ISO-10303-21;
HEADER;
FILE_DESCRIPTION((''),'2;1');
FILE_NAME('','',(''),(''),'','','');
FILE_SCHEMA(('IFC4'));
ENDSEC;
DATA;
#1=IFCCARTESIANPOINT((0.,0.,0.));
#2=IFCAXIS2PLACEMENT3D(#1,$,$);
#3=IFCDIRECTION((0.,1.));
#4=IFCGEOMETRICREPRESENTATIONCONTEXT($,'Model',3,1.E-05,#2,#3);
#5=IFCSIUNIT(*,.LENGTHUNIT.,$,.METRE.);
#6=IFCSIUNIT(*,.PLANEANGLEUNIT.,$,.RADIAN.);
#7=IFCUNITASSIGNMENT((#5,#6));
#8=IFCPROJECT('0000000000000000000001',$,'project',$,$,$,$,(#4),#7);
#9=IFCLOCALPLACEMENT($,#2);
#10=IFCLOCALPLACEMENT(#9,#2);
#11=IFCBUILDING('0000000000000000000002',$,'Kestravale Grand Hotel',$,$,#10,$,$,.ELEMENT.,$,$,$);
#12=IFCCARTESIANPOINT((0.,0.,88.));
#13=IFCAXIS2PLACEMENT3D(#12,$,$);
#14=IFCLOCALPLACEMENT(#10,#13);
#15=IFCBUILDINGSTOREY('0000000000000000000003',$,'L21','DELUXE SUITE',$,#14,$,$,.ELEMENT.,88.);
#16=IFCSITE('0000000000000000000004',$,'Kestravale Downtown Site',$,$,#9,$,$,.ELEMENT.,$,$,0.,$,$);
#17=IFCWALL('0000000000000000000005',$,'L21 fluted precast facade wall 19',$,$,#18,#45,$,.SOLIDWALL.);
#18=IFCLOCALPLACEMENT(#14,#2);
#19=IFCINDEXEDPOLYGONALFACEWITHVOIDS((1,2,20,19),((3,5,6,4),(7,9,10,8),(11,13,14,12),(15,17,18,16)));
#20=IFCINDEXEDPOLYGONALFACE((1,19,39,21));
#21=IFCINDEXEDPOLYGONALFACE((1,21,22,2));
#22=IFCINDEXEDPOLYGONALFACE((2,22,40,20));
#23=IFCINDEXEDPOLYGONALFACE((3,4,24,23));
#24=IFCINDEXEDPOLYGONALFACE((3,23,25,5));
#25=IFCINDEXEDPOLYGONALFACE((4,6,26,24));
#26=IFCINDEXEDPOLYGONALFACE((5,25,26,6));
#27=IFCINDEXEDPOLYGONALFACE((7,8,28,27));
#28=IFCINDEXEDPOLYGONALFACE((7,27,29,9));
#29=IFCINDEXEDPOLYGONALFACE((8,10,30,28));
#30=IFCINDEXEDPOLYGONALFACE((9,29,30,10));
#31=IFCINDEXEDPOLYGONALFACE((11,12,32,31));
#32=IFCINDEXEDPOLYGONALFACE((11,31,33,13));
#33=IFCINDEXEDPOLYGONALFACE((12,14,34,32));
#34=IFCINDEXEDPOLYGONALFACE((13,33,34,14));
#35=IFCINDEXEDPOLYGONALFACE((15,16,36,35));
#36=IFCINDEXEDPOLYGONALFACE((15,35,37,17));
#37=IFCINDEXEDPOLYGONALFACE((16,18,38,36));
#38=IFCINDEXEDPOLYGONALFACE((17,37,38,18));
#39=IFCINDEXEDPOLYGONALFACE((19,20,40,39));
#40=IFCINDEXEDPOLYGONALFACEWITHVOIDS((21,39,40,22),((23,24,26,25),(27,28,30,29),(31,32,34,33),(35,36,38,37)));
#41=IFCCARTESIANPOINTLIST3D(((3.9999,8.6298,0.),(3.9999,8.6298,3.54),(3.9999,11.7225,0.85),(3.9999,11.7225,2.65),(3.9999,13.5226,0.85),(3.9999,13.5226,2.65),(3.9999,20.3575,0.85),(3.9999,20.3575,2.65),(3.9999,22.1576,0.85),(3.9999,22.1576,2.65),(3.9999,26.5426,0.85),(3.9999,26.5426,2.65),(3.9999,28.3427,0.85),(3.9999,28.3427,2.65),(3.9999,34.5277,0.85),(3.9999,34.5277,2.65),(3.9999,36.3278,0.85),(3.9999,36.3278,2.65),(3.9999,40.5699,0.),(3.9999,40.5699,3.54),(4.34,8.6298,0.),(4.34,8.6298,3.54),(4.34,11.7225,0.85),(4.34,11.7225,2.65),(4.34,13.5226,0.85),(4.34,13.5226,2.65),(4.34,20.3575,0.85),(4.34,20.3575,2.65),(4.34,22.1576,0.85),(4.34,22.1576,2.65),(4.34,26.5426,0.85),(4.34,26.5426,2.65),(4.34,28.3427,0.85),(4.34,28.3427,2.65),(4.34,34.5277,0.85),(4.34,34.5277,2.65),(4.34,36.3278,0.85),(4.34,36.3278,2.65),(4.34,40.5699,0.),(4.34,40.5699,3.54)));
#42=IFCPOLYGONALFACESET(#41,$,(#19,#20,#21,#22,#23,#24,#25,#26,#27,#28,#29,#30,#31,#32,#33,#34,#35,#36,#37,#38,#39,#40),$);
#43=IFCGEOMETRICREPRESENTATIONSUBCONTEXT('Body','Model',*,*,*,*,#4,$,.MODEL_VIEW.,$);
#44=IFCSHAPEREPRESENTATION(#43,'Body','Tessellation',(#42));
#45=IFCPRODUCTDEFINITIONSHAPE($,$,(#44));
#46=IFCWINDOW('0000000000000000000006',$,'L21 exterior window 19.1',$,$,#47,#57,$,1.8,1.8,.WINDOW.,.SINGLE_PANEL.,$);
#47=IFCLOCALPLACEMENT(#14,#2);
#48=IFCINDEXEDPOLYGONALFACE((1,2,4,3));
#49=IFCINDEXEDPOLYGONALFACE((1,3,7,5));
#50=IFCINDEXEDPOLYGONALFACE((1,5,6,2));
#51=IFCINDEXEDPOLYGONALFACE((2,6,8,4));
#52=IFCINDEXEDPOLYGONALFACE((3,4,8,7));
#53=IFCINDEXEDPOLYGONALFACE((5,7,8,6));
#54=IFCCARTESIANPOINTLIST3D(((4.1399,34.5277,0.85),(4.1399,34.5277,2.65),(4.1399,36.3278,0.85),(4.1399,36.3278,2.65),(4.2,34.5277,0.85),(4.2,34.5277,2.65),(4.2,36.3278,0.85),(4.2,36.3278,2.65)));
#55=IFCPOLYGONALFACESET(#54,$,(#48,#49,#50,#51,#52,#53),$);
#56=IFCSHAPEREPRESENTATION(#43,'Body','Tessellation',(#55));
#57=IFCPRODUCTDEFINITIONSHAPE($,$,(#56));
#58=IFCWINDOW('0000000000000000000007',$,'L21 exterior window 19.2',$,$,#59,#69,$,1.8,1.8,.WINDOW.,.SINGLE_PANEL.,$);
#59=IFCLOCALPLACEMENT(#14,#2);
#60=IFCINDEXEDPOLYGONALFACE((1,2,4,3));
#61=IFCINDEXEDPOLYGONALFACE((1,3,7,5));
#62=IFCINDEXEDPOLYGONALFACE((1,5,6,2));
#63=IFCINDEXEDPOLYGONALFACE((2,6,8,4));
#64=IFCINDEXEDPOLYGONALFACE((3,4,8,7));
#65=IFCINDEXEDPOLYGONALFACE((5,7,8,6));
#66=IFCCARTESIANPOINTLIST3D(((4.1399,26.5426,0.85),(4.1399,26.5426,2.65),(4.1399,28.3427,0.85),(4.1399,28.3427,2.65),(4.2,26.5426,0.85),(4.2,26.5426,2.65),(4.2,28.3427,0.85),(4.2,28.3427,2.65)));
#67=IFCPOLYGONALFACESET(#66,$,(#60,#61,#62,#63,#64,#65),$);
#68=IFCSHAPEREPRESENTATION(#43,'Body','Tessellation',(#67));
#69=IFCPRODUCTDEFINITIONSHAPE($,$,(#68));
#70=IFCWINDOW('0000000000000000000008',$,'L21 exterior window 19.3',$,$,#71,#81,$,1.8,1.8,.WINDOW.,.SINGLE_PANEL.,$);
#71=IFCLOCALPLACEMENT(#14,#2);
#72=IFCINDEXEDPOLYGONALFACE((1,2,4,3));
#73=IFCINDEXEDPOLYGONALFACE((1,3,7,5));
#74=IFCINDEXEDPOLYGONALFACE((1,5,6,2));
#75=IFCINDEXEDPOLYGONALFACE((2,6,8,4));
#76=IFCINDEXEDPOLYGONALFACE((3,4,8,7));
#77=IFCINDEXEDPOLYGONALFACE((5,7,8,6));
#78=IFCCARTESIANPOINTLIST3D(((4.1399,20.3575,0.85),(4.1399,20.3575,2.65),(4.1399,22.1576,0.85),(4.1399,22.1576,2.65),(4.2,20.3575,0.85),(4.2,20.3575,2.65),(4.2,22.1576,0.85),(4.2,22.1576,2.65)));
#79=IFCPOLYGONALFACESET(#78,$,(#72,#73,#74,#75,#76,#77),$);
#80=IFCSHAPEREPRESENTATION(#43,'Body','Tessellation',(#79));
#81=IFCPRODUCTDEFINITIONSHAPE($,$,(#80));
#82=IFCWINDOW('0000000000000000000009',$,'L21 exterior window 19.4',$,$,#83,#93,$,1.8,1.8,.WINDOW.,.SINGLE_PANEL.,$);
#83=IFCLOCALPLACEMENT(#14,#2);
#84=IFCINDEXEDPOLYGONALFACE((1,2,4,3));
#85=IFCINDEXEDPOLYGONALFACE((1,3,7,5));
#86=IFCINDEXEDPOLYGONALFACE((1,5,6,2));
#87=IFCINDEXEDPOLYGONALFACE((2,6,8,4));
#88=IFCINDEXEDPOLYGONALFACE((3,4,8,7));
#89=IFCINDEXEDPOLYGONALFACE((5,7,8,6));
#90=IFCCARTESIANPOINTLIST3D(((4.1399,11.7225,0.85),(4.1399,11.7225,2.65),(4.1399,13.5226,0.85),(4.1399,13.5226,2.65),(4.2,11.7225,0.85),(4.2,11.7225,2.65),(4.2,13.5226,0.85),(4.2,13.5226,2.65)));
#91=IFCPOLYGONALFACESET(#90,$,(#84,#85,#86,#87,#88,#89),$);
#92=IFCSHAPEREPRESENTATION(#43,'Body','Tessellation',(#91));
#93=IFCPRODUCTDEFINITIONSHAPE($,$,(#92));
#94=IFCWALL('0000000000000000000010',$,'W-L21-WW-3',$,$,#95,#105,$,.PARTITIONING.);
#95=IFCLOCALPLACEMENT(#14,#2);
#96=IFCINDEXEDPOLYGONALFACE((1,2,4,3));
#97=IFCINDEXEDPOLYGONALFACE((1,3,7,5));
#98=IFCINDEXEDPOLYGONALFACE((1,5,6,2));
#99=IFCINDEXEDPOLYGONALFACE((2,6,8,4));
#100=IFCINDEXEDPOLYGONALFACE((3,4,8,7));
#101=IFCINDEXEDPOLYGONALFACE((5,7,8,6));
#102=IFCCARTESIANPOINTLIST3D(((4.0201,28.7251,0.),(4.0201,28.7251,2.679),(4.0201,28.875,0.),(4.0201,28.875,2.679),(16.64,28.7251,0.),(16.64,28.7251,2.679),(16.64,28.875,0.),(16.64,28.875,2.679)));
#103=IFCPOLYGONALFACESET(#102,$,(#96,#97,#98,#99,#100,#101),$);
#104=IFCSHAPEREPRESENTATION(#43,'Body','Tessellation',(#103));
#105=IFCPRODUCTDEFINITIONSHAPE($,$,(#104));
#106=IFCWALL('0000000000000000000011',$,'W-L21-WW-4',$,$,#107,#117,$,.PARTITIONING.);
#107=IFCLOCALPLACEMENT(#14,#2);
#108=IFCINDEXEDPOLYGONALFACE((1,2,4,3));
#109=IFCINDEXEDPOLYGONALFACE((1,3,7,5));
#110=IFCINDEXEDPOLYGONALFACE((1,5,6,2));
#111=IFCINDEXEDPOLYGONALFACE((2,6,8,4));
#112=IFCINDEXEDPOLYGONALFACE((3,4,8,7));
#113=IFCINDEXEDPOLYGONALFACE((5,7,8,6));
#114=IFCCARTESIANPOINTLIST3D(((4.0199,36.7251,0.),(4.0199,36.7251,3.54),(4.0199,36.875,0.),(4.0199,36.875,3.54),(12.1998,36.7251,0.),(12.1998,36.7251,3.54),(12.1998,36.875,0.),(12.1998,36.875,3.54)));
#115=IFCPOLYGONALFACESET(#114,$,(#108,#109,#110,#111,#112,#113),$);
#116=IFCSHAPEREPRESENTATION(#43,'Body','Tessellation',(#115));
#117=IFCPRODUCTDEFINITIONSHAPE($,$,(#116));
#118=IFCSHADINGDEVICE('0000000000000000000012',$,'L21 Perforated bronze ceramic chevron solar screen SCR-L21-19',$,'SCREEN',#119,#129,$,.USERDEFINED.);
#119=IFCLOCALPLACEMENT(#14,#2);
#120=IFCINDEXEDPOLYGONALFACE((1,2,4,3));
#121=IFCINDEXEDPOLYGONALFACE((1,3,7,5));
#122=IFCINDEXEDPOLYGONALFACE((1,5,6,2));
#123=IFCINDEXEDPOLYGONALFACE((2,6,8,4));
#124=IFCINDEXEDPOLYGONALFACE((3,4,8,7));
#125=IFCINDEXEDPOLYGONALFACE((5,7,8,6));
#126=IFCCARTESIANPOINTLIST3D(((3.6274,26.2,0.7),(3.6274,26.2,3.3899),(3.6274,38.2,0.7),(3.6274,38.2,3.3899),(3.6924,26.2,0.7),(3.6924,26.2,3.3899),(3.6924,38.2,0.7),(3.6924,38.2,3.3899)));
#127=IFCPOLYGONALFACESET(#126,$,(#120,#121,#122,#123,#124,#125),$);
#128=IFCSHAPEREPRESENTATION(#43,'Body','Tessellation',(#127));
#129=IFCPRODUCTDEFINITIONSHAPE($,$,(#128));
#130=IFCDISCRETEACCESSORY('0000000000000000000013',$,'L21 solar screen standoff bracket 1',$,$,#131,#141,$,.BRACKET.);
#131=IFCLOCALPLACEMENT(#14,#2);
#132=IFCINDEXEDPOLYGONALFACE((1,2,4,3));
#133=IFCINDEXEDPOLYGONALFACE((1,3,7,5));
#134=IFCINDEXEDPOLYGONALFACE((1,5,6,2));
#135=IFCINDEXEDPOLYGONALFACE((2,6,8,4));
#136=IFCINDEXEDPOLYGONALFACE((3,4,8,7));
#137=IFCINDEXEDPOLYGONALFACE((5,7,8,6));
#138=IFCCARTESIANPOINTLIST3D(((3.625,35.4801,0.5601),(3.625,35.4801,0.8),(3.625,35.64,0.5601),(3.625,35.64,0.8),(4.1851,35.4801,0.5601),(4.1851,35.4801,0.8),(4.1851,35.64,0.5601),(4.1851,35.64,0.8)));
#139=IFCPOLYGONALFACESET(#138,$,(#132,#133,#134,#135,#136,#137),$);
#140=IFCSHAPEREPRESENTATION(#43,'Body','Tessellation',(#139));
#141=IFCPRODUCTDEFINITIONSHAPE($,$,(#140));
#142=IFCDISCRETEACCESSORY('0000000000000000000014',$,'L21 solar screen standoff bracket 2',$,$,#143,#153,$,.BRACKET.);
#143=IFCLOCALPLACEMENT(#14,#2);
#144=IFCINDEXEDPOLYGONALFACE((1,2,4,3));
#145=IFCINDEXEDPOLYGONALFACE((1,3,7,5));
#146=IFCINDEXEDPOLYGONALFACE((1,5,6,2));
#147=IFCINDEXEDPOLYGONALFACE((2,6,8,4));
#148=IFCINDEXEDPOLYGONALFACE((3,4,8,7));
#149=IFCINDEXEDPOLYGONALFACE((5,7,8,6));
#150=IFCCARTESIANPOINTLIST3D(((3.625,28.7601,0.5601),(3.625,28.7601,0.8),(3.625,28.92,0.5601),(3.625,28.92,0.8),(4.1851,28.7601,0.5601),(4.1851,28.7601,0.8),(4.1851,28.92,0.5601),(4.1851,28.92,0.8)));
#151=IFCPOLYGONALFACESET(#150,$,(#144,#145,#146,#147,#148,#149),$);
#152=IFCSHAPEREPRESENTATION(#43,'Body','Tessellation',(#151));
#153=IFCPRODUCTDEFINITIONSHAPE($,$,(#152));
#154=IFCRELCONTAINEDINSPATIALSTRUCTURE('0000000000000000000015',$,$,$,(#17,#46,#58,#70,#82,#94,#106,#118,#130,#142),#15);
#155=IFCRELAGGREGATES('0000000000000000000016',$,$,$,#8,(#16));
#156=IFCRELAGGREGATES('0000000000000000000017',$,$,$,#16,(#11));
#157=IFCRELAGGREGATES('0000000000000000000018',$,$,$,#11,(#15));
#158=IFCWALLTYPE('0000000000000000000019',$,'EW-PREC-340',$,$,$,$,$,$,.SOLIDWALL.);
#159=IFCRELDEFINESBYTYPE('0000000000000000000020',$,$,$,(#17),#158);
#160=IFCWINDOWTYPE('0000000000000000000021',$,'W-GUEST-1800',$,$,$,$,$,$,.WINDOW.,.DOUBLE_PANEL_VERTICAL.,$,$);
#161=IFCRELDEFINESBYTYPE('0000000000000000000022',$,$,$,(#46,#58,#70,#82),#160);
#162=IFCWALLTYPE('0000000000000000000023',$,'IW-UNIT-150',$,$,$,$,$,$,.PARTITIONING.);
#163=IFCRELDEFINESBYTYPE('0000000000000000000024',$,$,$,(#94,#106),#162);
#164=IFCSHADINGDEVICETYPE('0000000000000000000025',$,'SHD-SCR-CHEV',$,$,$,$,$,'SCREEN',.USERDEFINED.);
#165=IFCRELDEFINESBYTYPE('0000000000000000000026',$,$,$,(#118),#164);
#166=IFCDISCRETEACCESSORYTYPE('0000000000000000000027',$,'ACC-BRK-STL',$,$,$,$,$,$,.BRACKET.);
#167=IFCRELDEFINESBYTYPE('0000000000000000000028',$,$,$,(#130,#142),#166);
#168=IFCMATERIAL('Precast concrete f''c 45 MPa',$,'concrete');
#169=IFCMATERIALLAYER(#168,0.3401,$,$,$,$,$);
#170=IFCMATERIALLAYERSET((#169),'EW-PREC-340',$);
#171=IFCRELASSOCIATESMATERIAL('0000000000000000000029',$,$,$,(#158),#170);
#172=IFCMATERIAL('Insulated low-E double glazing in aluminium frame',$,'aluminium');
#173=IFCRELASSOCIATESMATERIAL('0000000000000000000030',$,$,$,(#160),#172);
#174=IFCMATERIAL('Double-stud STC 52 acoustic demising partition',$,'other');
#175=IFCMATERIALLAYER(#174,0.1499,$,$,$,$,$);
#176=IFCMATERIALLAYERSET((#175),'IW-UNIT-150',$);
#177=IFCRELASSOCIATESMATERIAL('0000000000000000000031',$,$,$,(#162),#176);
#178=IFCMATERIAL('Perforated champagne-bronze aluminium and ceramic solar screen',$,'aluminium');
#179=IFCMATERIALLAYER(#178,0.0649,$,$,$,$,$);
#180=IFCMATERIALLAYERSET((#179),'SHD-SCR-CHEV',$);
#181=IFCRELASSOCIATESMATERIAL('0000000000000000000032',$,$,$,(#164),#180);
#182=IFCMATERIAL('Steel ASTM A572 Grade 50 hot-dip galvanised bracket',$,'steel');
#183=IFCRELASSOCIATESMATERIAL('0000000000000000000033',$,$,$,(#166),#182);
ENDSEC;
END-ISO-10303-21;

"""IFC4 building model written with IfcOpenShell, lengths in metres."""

from ifc_helpers import new_model, si_unit, direction, frame, frame_2d, origin, origin_2d, place, context, subcontext, project, spatial, rectangle, extrude, material, layer, layer_set, type_object, element, fill, save


model = new_model("IFC4")

# Units and contexts
model_context = context("Model", 3, precision=1e-05, world=origin(), true_north=direction((0.0, 1.0)))
body_context = subcontext(model_context, "Body", "Model", "MODEL_VIEW")
ifc_project = project(units=[si_unit("LENGTHUNIT", "METRE"), si_unit("PLANEANGLEUNIT", "RADIAN")], contexts=[model_context])

# Site, building, storey
site_placement = place(None, origin())
site = spatial("IfcSite", under=ifc_project, at=site_placement, Name="Kestravale Downtown Site", CompositionType="ELEMENT", RefElevation=0.0)
building_placement = place(site_placement, origin())
building = spatial("IfcBuilding", under=site, at=building_placement, Name="Kestravale Grand Hotel", CompositionType="ELEMENT")
storey_placement = place(building_placement, frame((0.0, 0.0, 88.0)))
storey = spatial("IfcBuildingStorey", under=building, at=storey_placement, Name="L21", Description="DELUXE SUITE", CompositionType="ELEMENT", Elevation=88.0)

# Wall, openings, windows
ifc_material_1 = material(Name="Precast concrete f'c 45 MPa", Category="concrete")
ifc_layer_1 = layer(ifc_material_1, 0.3401)
ifc_layer_set_1 = layer_set([ifc_layer_1], Name="EW-PREC-340")
wall_type_1 = type_object("IfcWallType", Name="EW-PREC-340", PredefinedType="SOLIDWALL", material=ifc_layer_set_1)
wall_1_placement = place(storey_placement, frame((4.1699, 40.5701, 0.0), z_axis=(0.0, 0.0, 1.0), x_axis=(0.0, -1.0, 0.0)))
wall_1 = element("IfcWall", 1, at=wall_1_placement, inside=storey, type_object=wall_type_1, Name="L21 fluted precast facade wall 19", PredefinedType="SOLIDWALL", context=body_context, shape_type="SweptSolid", body=[
    extrude(rectangle(XDim=31.9402, YDim=0.3401, at=frame_2d((15.9702, 0.0))), origin(), (0.0, 0.0, 1.0), 3.54),
])
opening_1_placement = place(wall_1_placement, frame((4.2424, 0.0, 0.8501)))
opening_1 = element("IfcOpeningElement", 2, at=opening_1_placement, cuts=wall_1, PredefinedType="OPENING", context=body_context, shape_type="SweptSolid", body=[
    extrude(rectangle(XDim=1.8, YDim=1.8, at=frame_2d((0.8999, 0.8999))), frame((0.0, 0.1799, 0.0), z_axis=(0.0, -1.0, 0.0), x_axis=(1.0, 0.0, 0.0)), (0.0, 0.0, 1.0), 0.3601),
])
opening_2_placement = place(wall_1_placement, frame((12.2275, 0.0, 0.8501)))
opening_2 = element("IfcOpeningElement", 3, at=opening_2_placement, cuts=wall_1, PredefinedType="OPENING", context=body_context, shape_type="SweptSolid", body=[
    extrude(rectangle(XDim=1.8, YDim=1.8, at=frame_2d((0.8999, 0.8999))), frame((0.0, 0.1799, 0.0), z_axis=(0.0, -1.0, 0.0), x_axis=(1.0, 0.0, 0.0)), (0.0, 0.0, 1.0), 0.3601),
])
opening_3_placement = place(wall_1_placement, frame((18.4126, 0.0, 0.8501)))
opening_3 = element("IfcOpeningElement", 4, at=opening_3_placement, cuts=wall_1, PredefinedType="OPENING", context=body_context, shape_type="SweptSolid", body=[
    extrude(rectangle(XDim=1.8, YDim=1.8, at=frame_2d((0.8999, 0.8999))), frame((0.0, 0.1799, 0.0), z_axis=(0.0, -1.0, 0.0), x_axis=(1.0, 0.0, 0.0)), (0.0, 0.0, 1.0), 0.3601),
])
opening_4_placement = place(wall_1_placement, frame((27.0476, 0.0, 0.8501)))
opening_4 = element("IfcOpeningElement", 5, at=opening_4_placement, cuts=wall_1, PredefinedType="OPENING", context=body_context, shape_type="SweptSolid", body=[
    extrude(rectangle(XDim=1.8, YDim=1.8, at=frame_2d((0.8999, 0.8999))), frame((0.0, 0.1799, 0.0), z_axis=(0.0, -1.0, 0.0), x_axis=(1.0, 0.0, 0.0)), (0.0, 0.0, 1.0), 0.3601),
])
ifc_material_2 = material(Name="Insulated low-E double glazing in aluminium frame", Category="aluminium")
window_type = type_object("IfcWindowType", Name="W-GUEST-1800", PartitioningType="DOUBLE_PANEL_VERTICAL", PredefinedType="WINDOW", material=ifc_material_2)
window_1_placement = place(opening_1_placement, origin())
window_1 = element("IfcWindow", 6, at=window_1_placement, inside=storey, type_object=window_type, Name="L21 exterior window 19.1", OverallHeight=1.8, OverallWidth=1.8, PartitioningType="SINGLE_PANEL", PredefinedType="WINDOW", context=body_context, shape_type="SweptSolid", body=[
    extrude(rectangle(XDim=1.8, YDim=1.8, at=frame_2d((0.8999, 0.8999))), frame((0.0, 0.03, 0.0), z_axis=(0.0, -1.0, 0.0), x_axis=(1.0, 0.0, 0.0)), (0.0, 0.0, 1.0), 0.0601),
])
fill(opening_1, window_1)
window_2_placement = place(opening_2_placement, origin())
window_2 = element("IfcWindow", 7, at=window_2_placement, inside=storey, type_object=window_type, Name="L21 exterior window 19.2", OverallHeight=1.8, OverallWidth=1.8, PartitioningType="SINGLE_PANEL", PredefinedType="WINDOW", context=body_context, shape_type="SweptSolid", body=[
    extrude(rectangle(XDim=1.8, YDim=1.8, at=frame_2d((0.8999, 0.8999))), frame((0.0, 0.03, 0.0), z_axis=(0.0, -1.0, 0.0), x_axis=(1.0, 0.0, 0.0)), (0.0, 0.0, 1.0), 0.0601),
])
fill(opening_2, window_2)
window_3_placement = place(opening_3_placement, origin())
window_3 = element("IfcWindow", 8, at=window_3_placement, inside=storey, type_object=window_type, Name="L21 exterior window 19.3", OverallHeight=1.8, OverallWidth=1.8, PartitioningType="SINGLE_PANEL", PredefinedType="WINDOW", context=body_context, shape_type="SweptSolid", body=[
    extrude(rectangle(XDim=1.8, YDim=1.8, at=frame_2d((0.8999, 0.8999))), frame((0.0, 0.03, 0.0), z_axis=(0.0, -1.0, 0.0), x_axis=(1.0, 0.0, 0.0)), (0.0, 0.0, 1.0), 0.0601),
])
fill(opening_3, window_3)
window_4_placement = place(opening_4_placement, origin())
window_4 = element("IfcWindow", 9, at=window_4_placement, inside=storey, type_object=window_type, Name="L21 exterior window 19.4", OverallHeight=1.8, OverallWidth=1.8, PartitioningType="SINGLE_PANEL", PredefinedType="WINDOW", context=body_context, shape_type="SweptSolid", body=[
    extrude(rectangle(XDim=1.8, YDim=1.8, at=frame_2d((0.8999, 0.8999))), frame((0.0, 0.03, 0.0), z_axis=(0.0, -1.0, 0.0), x_axis=(1.0, 0.0, 0.0)), (0.0, 0.0, 1.0), 0.0601),
])
fill(opening_4, window_4)

# Walls
ifc_material_3 = material(Name="Double-stud STC 52 acoustic demising partition", Category="other")
ifc_layer_2 = layer(ifc_material_3, 0.1499)
ifc_layer_set_2 = layer_set([ifc_layer_2], Name="IW-UNIT-150")
wall_type_2 = type_object("IfcWallType", Name="IW-UNIT-150", PredefinedType="PARTITIONING", material=ifc_layer_set_2)
wall_2_placement = place(storey_placement, frame((4.02, 28.8, 0.0), z_axis=(0.0, 0.0, 1.0), x_axis=(1.0, 0.0, 0.0)))
element("IfcWall", 10, at=wall_2_placement, inside=storey, type_object=wall_type_2, Name="W-L21-WW-3", PredefinedType="PARTITIONING", context=body_context, shape_type="SweptSolid", body=[
    extrude(rectangle(XDim=12.6199, YDim=0.1499, at=frame_2d((6.3101, 0.0))), origin(), (0.0, 0.0, 1.0), 2.679),
])
wall_3_placement = place(storey_placement, frame((4.02, 36.8, 0.0), z_axis=(0.0, 0.0, 1.0), x_axis=(1.0, 0.0, 0.0)))
element("IfcWall", 11, at=wall_3_placement, inside=storey, type_object=wall_type_2, Name="W-L21-WW-4", PredefinedType="PARTITIONING", context=body_context, shape_type="SweptSolid", body=[
    extrude(rectangle(XDim=8.1799, YDim=0.1499, at=frame_2d((4.0898, 0.0))), origin(), (0.0, 0.0, 1.0), 3.54),
])

# Shading device
ifc_material_4 = material(Name="Perforated champagne-bronze aluminium and ceramic solar screen", Category="aluminium")
ifc_layer_3 = layer(ifc_material_4, 0.0649)
ifc_layer_set_3 = layer_set([ifc_layer_3], Name="SHD-SCR-CHEV")
shading_device_type = type_object("IfcShadingDeviceType", Name="SHD-SCR-CHEV", ElementType="SCREEN", PredefinedType="USERDEFINED", material=ifc_layer_set_3)
shading_device_placement = place(storey_placement, frame((3.6599, 32.2, 0.7), z_axis=(0.0, 0.0, 1.0), x_axis=(0.0, -1.0, 0.0)))
element("IfcShadingDevice", 12, at=shading_device_placement, inside=storey, type_object=shading_device_type, Name="L21 Perforated bronze ceramic chevron solar screen SCR-L21-19", ObjectType="SCREEN", PredefinedType="USERDEFINED", context=body_context, shape_type="SweptSolid", body=[
    extrude(rectangle(XDim=12.0, YDim=0.0649, at=origin_2d()), origin(), (0.0, 0.0, 1.0), 2.6899),
])

# Discrete accessories
ifc_material_5 = material(Name="Steel ASTM A572 Grade 50 hot-dip galvanised bracket", Category="steel")
discrete_accessory_type = type_object("IfcDiscreteAccessoryType", Name="ACC-BRK-STL", PredefinedType="BRACKET", material=ifc_material_5)
for number, where, z_axis, x_axis, name in (
    (13, (3.905, 35.5601, 0.5601), (0.0, 0.0, 1.0), (0.0, -1.0, 0.0), "L21 solar screen standoff bracket 1"),
    (14, (3.905, 28.8401, 0.5601), (0.0, 0.0, 1.0), (0.0, -1.0, 0.0), "L21 solar screen standoff bracket 2"),
):
    element("IfcDiscreteAccessory", number, at=place(storey_placement, frame(where, z_axis=z_axis, x_axis=x_axis)), inside=storey, type_object=discrete_accessory_type, Name=name, PredefinedType="BRACKET", context=body_context, shape_type="SweptSolid", body=[
        extrude(rectangle(XDim=0.1599, YDim=0.5601, at=origin_2d()), origin(), (0.0, 0.0, 1.0), 0.24),
    ])

save(model, "model.ifc")
